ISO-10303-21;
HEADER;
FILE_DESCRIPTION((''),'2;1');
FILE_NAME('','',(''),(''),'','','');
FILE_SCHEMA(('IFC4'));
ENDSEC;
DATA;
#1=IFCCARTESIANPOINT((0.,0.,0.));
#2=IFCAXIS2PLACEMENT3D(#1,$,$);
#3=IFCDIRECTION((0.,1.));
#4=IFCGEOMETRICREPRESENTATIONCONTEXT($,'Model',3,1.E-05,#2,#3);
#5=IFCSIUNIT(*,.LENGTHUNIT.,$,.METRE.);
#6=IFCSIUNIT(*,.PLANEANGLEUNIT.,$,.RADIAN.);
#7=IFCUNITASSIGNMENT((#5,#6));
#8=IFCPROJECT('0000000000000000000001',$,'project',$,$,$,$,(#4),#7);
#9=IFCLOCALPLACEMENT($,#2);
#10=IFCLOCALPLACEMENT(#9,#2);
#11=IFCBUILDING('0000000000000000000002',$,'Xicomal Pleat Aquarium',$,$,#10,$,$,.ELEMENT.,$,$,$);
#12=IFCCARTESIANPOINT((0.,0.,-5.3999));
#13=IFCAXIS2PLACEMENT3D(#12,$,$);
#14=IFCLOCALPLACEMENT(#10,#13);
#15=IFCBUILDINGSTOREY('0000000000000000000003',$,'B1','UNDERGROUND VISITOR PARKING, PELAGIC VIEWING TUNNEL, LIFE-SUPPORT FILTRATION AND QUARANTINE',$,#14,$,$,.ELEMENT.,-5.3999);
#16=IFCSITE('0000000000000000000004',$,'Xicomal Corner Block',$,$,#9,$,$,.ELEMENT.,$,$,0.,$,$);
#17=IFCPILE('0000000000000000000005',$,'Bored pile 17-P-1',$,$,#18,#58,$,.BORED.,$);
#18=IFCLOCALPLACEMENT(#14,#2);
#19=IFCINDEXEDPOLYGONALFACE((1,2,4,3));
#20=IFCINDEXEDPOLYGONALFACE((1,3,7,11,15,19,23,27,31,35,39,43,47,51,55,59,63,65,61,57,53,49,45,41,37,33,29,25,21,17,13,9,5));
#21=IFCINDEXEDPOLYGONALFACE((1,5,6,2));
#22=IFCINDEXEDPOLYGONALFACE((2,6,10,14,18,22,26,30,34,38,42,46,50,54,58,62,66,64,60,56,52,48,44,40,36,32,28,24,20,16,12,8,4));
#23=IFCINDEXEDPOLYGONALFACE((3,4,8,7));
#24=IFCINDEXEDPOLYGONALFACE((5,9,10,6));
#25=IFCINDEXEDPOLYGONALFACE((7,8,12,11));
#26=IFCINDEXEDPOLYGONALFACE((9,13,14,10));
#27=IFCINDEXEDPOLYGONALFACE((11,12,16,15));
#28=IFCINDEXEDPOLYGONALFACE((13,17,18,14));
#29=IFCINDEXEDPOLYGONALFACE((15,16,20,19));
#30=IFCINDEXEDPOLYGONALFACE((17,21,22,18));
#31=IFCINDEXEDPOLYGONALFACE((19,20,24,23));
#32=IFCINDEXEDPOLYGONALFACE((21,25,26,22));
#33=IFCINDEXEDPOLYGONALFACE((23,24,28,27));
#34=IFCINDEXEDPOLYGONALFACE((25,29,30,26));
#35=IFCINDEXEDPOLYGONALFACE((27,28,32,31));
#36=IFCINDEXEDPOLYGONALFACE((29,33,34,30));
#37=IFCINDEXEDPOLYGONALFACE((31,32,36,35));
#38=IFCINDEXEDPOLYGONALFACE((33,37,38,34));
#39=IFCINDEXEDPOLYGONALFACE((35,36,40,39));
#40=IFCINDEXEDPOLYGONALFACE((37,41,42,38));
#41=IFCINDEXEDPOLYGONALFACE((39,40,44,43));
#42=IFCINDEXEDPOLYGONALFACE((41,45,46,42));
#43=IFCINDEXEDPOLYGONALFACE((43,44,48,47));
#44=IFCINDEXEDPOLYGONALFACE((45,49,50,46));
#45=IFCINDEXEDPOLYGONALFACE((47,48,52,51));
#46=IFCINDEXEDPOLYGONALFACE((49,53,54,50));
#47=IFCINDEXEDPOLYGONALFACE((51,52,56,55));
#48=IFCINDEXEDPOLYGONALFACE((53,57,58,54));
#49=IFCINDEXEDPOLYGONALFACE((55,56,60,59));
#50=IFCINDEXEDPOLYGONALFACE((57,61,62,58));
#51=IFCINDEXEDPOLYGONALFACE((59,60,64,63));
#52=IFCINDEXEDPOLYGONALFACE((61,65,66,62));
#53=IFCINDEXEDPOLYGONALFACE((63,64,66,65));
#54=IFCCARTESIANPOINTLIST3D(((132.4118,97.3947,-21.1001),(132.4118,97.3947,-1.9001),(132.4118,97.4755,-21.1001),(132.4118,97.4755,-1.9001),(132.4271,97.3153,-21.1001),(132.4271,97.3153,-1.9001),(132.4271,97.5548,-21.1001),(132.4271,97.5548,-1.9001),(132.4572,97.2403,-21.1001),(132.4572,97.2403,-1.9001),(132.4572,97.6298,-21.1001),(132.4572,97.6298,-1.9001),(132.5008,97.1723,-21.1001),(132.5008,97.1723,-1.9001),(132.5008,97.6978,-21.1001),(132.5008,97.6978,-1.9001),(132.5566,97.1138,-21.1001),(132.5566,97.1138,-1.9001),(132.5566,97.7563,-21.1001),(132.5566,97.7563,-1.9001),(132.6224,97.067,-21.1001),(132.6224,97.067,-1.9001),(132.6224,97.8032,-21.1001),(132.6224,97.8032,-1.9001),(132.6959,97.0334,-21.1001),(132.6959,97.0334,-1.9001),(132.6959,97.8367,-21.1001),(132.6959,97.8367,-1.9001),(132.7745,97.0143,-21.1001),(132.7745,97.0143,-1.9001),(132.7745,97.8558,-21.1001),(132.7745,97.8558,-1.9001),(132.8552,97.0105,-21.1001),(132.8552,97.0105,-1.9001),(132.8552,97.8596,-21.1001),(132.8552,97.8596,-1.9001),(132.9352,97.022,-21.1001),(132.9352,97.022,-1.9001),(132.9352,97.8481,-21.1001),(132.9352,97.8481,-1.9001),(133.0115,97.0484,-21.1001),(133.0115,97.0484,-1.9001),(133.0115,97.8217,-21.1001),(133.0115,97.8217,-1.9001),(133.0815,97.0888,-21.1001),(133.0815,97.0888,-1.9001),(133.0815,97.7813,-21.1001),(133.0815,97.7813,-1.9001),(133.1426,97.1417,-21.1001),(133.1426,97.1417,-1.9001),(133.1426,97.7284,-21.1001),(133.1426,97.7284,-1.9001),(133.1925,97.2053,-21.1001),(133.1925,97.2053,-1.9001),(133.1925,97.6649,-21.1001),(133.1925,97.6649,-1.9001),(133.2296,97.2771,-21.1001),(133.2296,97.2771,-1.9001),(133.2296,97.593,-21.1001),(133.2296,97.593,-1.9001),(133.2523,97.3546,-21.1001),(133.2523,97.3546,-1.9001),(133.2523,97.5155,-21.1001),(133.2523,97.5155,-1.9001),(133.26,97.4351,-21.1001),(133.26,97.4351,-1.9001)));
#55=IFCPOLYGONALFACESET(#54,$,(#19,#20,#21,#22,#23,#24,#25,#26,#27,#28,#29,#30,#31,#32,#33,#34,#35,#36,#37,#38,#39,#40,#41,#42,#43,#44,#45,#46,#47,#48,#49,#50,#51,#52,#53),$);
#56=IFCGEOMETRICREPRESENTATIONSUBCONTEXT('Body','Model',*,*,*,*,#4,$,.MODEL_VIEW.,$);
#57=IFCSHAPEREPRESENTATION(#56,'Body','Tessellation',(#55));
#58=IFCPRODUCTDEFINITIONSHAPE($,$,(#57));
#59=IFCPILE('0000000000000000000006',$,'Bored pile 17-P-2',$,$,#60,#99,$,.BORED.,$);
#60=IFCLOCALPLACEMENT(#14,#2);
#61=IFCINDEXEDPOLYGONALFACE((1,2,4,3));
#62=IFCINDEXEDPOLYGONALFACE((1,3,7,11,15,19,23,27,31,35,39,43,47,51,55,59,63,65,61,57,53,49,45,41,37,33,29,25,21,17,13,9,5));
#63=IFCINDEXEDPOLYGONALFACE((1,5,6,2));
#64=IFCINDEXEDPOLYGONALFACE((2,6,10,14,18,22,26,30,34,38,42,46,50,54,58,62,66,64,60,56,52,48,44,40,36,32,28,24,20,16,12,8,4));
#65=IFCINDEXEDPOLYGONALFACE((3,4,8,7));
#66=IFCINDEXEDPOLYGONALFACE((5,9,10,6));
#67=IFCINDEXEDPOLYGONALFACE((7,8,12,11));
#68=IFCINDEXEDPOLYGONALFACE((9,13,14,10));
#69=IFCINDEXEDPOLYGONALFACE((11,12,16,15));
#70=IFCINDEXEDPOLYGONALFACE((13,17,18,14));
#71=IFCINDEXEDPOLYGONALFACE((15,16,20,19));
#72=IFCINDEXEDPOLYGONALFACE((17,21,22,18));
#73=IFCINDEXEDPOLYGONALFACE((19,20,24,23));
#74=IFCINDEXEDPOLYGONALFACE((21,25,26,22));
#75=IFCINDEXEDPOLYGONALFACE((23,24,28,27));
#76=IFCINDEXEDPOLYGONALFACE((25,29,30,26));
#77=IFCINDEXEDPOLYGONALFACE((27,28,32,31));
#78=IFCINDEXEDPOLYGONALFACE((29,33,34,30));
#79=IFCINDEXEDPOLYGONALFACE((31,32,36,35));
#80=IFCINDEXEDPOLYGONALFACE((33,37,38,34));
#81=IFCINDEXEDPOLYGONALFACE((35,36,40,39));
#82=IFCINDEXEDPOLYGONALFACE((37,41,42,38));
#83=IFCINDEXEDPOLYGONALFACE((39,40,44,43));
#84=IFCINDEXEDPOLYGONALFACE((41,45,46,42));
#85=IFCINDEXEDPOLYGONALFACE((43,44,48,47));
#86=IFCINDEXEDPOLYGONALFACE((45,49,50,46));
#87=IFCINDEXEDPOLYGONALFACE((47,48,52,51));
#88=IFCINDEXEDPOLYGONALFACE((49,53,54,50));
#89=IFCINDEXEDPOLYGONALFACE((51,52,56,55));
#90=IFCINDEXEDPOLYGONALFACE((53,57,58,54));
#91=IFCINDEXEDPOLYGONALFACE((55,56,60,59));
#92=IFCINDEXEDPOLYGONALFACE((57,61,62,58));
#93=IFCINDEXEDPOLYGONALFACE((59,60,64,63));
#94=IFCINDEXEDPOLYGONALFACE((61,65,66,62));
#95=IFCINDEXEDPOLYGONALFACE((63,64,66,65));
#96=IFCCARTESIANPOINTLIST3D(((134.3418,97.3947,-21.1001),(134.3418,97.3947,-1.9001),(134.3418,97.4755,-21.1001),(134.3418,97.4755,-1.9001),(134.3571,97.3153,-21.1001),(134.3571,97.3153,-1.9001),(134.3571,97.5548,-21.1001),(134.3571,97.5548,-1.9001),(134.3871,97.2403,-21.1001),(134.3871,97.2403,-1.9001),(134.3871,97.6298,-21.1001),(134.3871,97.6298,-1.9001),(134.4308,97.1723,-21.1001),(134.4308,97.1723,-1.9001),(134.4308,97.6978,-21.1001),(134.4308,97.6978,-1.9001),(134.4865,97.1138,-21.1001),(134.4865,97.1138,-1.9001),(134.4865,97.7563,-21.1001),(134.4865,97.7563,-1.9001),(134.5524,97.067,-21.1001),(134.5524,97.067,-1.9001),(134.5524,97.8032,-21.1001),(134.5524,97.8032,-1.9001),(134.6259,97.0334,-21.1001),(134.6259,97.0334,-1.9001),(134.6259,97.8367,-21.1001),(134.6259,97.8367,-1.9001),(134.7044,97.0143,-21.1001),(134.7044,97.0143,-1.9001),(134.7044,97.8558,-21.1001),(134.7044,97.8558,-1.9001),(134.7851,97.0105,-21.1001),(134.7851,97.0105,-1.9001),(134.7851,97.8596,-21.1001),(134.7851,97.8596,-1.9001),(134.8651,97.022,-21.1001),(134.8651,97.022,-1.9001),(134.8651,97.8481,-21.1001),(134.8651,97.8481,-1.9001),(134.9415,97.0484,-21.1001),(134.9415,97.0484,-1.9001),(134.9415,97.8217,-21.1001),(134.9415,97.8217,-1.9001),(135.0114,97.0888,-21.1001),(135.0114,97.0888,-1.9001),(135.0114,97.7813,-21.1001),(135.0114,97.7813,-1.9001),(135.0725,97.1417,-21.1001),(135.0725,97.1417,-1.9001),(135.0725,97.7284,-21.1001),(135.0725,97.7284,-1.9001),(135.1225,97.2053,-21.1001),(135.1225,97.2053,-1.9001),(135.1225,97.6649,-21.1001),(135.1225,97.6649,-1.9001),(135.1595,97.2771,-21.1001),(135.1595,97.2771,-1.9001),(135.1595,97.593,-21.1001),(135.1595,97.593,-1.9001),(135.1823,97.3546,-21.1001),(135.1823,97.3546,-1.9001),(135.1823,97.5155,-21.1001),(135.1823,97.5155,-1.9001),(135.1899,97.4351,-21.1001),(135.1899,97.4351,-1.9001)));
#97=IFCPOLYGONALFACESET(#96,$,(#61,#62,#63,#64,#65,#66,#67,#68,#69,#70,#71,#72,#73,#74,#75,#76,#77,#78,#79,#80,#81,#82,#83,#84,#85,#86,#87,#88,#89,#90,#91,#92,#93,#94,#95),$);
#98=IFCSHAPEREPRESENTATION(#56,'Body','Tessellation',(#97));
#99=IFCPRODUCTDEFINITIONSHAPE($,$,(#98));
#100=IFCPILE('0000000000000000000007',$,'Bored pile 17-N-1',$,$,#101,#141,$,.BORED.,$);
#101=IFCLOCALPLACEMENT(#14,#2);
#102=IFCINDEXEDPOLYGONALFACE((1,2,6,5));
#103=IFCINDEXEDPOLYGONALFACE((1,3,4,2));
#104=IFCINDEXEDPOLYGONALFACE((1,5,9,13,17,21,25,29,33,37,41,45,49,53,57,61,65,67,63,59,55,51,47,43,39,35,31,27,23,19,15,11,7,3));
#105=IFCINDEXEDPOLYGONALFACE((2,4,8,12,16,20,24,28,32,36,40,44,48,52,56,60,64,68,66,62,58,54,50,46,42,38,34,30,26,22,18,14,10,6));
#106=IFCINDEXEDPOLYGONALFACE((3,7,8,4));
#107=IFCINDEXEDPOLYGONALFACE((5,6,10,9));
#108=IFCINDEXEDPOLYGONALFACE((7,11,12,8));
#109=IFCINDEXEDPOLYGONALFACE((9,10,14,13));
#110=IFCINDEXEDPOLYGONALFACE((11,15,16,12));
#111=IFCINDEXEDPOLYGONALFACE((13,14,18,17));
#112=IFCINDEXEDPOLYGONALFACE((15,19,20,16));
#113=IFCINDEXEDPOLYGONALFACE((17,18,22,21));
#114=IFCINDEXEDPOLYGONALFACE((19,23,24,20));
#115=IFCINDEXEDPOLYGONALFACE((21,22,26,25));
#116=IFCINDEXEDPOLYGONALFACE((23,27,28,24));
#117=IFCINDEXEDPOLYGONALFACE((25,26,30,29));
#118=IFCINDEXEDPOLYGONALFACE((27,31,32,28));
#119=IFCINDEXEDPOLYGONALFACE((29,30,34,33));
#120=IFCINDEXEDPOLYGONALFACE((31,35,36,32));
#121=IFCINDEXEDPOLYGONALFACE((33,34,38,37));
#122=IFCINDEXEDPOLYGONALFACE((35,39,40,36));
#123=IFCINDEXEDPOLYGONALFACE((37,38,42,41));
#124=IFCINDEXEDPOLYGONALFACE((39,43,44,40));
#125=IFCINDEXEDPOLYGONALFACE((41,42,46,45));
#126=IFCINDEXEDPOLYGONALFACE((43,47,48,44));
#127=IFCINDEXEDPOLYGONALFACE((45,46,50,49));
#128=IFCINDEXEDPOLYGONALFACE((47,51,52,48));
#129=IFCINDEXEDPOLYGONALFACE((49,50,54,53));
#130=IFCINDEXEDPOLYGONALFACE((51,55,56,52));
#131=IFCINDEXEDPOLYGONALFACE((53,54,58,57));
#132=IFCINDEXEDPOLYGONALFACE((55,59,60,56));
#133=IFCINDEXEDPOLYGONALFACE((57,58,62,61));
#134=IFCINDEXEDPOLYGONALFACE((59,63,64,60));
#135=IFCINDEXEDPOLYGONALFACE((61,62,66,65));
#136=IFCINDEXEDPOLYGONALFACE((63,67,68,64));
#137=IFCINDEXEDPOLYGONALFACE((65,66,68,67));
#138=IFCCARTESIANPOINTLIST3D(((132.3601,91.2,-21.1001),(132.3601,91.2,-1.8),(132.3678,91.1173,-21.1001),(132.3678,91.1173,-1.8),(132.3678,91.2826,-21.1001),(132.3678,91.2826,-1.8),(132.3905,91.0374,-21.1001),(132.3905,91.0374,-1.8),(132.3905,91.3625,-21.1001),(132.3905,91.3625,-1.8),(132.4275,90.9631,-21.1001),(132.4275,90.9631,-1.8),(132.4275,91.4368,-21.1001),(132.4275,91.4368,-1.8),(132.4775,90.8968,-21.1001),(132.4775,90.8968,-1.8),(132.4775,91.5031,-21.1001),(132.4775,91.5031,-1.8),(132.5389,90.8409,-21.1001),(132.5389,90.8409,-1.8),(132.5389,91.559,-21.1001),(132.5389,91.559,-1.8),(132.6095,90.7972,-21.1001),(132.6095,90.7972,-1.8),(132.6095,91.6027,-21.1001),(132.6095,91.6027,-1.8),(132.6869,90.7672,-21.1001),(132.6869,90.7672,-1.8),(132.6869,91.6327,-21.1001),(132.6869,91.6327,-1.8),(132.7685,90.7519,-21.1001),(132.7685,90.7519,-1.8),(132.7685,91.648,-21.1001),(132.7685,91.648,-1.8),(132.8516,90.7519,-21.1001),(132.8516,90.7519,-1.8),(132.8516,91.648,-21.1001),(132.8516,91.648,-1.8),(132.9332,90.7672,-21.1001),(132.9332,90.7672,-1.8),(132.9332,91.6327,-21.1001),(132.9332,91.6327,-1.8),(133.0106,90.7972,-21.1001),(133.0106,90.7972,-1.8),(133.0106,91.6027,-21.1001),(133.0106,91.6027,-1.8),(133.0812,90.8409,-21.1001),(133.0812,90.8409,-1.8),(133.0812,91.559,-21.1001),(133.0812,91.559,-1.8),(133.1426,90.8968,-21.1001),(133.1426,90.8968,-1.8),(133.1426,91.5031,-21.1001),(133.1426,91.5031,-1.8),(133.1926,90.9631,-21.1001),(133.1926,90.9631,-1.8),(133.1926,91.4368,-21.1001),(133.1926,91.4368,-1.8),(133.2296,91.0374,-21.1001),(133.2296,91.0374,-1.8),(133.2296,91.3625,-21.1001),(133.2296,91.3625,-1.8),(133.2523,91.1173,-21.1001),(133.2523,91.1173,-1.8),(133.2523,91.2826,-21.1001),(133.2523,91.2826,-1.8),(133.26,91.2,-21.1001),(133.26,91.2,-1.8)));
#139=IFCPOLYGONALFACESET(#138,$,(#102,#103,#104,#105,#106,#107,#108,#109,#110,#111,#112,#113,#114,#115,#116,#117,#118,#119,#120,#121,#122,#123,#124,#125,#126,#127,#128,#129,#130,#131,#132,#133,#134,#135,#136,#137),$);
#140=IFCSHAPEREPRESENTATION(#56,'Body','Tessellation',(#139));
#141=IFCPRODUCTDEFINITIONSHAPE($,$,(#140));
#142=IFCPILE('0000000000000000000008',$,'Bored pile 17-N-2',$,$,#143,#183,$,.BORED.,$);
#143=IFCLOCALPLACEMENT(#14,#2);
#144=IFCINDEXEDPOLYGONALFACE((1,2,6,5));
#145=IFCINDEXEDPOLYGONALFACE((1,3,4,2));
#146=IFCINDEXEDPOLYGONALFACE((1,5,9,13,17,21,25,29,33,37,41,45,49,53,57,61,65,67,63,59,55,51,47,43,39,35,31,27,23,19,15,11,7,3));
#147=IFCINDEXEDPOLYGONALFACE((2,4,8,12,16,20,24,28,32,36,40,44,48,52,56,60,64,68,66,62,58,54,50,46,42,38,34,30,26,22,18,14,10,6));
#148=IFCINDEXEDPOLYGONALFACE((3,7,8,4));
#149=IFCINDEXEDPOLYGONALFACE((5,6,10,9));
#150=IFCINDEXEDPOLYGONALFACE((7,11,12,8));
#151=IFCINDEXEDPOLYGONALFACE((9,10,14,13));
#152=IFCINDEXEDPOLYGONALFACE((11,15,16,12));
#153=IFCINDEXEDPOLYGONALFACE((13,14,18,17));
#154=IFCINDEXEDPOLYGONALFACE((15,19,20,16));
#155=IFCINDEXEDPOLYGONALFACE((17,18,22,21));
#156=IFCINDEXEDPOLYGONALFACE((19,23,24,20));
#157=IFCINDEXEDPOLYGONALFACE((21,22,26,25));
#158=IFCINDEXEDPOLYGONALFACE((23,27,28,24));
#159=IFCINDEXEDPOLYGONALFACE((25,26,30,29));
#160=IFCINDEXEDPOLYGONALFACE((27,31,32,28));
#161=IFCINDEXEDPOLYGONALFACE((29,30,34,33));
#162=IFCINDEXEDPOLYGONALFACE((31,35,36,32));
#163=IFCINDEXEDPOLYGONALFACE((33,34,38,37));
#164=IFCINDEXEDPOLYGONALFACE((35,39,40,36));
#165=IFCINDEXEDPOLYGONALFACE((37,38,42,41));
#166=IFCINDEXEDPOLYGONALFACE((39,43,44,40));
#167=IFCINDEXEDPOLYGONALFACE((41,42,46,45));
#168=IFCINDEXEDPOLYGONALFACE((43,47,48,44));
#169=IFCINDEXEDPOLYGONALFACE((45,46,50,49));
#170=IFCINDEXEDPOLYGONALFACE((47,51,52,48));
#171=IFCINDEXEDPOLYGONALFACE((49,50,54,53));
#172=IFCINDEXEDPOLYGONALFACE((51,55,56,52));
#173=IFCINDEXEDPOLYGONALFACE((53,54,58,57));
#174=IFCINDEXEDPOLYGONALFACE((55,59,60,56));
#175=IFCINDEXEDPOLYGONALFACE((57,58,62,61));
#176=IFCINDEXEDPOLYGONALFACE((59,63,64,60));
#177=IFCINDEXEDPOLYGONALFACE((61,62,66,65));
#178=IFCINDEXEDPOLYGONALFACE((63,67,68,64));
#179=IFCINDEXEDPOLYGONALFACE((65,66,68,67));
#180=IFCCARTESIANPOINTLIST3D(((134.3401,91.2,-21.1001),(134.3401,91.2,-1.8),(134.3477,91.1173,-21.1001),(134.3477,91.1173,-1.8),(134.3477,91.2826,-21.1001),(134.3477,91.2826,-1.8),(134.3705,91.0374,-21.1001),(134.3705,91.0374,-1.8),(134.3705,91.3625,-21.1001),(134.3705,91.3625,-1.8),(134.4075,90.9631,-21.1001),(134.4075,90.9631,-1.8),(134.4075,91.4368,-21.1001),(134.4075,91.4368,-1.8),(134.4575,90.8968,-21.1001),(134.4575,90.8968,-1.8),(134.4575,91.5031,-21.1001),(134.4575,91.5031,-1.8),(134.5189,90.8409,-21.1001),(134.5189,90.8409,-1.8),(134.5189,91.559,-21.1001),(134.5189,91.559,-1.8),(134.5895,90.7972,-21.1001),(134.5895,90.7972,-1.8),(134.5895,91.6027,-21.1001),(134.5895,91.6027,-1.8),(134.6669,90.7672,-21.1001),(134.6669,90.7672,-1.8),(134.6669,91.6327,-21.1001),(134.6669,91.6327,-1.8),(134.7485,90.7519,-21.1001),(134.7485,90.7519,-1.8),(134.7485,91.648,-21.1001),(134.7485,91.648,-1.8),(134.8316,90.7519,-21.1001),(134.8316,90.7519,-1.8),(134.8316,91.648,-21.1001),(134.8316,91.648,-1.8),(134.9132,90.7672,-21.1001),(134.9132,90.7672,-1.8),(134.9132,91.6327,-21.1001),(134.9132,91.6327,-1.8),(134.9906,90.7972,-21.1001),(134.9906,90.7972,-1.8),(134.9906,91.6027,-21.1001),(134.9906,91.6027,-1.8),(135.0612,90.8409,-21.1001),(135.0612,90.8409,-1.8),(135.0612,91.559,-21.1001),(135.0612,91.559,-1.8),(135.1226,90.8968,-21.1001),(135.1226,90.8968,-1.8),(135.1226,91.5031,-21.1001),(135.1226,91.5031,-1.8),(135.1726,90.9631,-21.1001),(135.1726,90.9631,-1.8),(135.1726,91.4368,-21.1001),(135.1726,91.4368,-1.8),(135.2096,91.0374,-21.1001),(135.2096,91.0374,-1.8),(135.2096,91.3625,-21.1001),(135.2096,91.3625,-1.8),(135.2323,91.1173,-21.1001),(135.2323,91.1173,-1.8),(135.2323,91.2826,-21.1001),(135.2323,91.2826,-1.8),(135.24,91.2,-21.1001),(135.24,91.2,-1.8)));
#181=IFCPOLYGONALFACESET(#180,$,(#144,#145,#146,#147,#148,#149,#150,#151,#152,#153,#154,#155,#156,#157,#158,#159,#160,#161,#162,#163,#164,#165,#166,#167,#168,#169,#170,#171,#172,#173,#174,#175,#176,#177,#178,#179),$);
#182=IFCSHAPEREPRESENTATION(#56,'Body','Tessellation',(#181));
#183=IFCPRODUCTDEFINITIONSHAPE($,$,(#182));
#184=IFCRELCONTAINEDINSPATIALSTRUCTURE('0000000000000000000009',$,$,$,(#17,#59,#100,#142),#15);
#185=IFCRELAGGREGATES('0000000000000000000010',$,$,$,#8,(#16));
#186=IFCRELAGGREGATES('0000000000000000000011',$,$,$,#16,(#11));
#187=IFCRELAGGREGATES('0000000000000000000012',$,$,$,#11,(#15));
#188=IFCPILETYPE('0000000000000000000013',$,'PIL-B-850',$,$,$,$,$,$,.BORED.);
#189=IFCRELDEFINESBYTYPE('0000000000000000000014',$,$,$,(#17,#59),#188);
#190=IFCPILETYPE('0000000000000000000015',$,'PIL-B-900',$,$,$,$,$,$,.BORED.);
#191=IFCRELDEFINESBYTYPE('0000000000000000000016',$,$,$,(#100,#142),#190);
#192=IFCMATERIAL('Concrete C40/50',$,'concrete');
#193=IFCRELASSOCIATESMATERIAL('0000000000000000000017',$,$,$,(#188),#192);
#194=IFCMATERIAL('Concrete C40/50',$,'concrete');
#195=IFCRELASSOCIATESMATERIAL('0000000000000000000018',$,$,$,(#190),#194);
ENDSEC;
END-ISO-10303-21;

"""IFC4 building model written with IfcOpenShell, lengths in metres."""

from ifc_helpers import new_model, si_unit, direction, frame, origin, origin_2d, place, context, subcontext, project, spatial, circle, extrude, material, material_profile, profile_set, type_object, element, save


model = new_model("IFC4")

# Units and contexts
model_context = context("Model", 3, precision=1e-05, world=origin(), true_north=direction((0.0, 1.0)))
body_context = subcontext(model_context, "Body", "Model", "MODEL_VIEW")
ifc_project = project(units=[si_unit("LENGTHUNIT", "METRE"), si_unit("PLANEANGLEUNIT", "RADIAN")], contexts=[model_context])

# Site, building, storey
site_placement = place(None, origin())
site = spatial("IfcSite", under=ifc_project, at=site_placement, Name="Xicomal Corner Block", CompositionType="ELEMENT", RefElevation=0.0)
building_placement = place(site_placement, origin())
building = spatial("IfcBuilding", under=site, at=building_placement, Name="Xicomal Pleat Aquarium", CompositionType="ELEMENT")
storey_placement = place(building_placement, frame((0.0, 0.0, -5.3999)))
storey = spatial("IfcBuildingStorey", under=building, at=storey_placement, Name="B1", Description="UNDERGROUND VISITOR PARKING, PELAGIC VIEWING TUNNEL, LIFE-SUPPORT FILTRATION AND QUARANTINE", CompositionType="ELEMENT", Elevation=-5.3999)

# Piles
ifc_material_1 = material(Name="Concrete C40/50", Category="concrete")
ifc_material_profile_1 = material_profile(ifc_material_1, circle(Radius=0.425, at=origin_2d()), Name="BORED PILE D850")
ifc_profile_set_1 = profile_set([ifc_material_profile_1], Name="Concrete C40/50")
pile_type_1 = type_object("IfcPileType", Name="PIL-B-850", PredefinedType="BORED", material=ifc_profile_set_1)
for number, where, z_axis, x_axis, name in (
    (1, (132.835, 97.4351, -1.9001), (0.0, 0.0, -1.0), (1.0, 0.0, 0.0), "Bored pile 17-P-1"),
    (2, (134.7649, 97.4351, -1.9001), (0.0, 0.0, -1.0), (1.0, 0.0, 0.0), "Bored pile 17-P-2"),
):
    element("IfcPile", number, at=place(storey_placement, frame(where, z_axis=z_axis, x_axis=x_axis)), inside=storey, type_object=pile_type_1, Name=name, PredefinedType="BORED", context=body_context, shape_type="SweptSolid", body=[
        extrude(circle(Radius=0.425, at=origin_2d()), origin(), (0.0, 0.0, 1.0), 19.2),
    ])
ifc_material_2 = material(Name="Concrete C40/50", Category="concrete")
ifc_material_profile_2 = material_profile(ifc_material_2, circle(Radius=0.45, at=origin_2d()), Name="BORED PILE D900")
ifc_profile_set_2 = profile_set([ifc_material_profile_2], Name="Concrete C40/50")
pile_type_2 = type_object("IfcPileType", Name="PIL-B-900", PredefinedType="BORED", material=ifc_profile_set_2)
for number, where, z_axis, x_axis, name in (
    (3, (132.8101, 91.2, -1.8), (0.0, 0.0, -1.0), (1.0, 0.0, 0.0), "Bored pile 17-N-1"),
    (4, (134.79, 91.2, -1.8), (0.0, 0.0, -1.0), (1.0, 0.0, 0.0), "Bored pile 17-N-2"),
):
    element("IfcPile", number, at=place(storey_placement, frame(where, z_axis=z_axis, x_axis=x_axis)), inside=storey, type_object=pile_type_2, Name=name, PredefinedType="BORED", context=body_context, shape_type="SweptSolid", body=[
        extrude(circle(Radius=0.45, at=origin_2d()), origin(), (0.0, 0.0, 1.0), 19.3),
    ])

save(model, "model.ifc")
